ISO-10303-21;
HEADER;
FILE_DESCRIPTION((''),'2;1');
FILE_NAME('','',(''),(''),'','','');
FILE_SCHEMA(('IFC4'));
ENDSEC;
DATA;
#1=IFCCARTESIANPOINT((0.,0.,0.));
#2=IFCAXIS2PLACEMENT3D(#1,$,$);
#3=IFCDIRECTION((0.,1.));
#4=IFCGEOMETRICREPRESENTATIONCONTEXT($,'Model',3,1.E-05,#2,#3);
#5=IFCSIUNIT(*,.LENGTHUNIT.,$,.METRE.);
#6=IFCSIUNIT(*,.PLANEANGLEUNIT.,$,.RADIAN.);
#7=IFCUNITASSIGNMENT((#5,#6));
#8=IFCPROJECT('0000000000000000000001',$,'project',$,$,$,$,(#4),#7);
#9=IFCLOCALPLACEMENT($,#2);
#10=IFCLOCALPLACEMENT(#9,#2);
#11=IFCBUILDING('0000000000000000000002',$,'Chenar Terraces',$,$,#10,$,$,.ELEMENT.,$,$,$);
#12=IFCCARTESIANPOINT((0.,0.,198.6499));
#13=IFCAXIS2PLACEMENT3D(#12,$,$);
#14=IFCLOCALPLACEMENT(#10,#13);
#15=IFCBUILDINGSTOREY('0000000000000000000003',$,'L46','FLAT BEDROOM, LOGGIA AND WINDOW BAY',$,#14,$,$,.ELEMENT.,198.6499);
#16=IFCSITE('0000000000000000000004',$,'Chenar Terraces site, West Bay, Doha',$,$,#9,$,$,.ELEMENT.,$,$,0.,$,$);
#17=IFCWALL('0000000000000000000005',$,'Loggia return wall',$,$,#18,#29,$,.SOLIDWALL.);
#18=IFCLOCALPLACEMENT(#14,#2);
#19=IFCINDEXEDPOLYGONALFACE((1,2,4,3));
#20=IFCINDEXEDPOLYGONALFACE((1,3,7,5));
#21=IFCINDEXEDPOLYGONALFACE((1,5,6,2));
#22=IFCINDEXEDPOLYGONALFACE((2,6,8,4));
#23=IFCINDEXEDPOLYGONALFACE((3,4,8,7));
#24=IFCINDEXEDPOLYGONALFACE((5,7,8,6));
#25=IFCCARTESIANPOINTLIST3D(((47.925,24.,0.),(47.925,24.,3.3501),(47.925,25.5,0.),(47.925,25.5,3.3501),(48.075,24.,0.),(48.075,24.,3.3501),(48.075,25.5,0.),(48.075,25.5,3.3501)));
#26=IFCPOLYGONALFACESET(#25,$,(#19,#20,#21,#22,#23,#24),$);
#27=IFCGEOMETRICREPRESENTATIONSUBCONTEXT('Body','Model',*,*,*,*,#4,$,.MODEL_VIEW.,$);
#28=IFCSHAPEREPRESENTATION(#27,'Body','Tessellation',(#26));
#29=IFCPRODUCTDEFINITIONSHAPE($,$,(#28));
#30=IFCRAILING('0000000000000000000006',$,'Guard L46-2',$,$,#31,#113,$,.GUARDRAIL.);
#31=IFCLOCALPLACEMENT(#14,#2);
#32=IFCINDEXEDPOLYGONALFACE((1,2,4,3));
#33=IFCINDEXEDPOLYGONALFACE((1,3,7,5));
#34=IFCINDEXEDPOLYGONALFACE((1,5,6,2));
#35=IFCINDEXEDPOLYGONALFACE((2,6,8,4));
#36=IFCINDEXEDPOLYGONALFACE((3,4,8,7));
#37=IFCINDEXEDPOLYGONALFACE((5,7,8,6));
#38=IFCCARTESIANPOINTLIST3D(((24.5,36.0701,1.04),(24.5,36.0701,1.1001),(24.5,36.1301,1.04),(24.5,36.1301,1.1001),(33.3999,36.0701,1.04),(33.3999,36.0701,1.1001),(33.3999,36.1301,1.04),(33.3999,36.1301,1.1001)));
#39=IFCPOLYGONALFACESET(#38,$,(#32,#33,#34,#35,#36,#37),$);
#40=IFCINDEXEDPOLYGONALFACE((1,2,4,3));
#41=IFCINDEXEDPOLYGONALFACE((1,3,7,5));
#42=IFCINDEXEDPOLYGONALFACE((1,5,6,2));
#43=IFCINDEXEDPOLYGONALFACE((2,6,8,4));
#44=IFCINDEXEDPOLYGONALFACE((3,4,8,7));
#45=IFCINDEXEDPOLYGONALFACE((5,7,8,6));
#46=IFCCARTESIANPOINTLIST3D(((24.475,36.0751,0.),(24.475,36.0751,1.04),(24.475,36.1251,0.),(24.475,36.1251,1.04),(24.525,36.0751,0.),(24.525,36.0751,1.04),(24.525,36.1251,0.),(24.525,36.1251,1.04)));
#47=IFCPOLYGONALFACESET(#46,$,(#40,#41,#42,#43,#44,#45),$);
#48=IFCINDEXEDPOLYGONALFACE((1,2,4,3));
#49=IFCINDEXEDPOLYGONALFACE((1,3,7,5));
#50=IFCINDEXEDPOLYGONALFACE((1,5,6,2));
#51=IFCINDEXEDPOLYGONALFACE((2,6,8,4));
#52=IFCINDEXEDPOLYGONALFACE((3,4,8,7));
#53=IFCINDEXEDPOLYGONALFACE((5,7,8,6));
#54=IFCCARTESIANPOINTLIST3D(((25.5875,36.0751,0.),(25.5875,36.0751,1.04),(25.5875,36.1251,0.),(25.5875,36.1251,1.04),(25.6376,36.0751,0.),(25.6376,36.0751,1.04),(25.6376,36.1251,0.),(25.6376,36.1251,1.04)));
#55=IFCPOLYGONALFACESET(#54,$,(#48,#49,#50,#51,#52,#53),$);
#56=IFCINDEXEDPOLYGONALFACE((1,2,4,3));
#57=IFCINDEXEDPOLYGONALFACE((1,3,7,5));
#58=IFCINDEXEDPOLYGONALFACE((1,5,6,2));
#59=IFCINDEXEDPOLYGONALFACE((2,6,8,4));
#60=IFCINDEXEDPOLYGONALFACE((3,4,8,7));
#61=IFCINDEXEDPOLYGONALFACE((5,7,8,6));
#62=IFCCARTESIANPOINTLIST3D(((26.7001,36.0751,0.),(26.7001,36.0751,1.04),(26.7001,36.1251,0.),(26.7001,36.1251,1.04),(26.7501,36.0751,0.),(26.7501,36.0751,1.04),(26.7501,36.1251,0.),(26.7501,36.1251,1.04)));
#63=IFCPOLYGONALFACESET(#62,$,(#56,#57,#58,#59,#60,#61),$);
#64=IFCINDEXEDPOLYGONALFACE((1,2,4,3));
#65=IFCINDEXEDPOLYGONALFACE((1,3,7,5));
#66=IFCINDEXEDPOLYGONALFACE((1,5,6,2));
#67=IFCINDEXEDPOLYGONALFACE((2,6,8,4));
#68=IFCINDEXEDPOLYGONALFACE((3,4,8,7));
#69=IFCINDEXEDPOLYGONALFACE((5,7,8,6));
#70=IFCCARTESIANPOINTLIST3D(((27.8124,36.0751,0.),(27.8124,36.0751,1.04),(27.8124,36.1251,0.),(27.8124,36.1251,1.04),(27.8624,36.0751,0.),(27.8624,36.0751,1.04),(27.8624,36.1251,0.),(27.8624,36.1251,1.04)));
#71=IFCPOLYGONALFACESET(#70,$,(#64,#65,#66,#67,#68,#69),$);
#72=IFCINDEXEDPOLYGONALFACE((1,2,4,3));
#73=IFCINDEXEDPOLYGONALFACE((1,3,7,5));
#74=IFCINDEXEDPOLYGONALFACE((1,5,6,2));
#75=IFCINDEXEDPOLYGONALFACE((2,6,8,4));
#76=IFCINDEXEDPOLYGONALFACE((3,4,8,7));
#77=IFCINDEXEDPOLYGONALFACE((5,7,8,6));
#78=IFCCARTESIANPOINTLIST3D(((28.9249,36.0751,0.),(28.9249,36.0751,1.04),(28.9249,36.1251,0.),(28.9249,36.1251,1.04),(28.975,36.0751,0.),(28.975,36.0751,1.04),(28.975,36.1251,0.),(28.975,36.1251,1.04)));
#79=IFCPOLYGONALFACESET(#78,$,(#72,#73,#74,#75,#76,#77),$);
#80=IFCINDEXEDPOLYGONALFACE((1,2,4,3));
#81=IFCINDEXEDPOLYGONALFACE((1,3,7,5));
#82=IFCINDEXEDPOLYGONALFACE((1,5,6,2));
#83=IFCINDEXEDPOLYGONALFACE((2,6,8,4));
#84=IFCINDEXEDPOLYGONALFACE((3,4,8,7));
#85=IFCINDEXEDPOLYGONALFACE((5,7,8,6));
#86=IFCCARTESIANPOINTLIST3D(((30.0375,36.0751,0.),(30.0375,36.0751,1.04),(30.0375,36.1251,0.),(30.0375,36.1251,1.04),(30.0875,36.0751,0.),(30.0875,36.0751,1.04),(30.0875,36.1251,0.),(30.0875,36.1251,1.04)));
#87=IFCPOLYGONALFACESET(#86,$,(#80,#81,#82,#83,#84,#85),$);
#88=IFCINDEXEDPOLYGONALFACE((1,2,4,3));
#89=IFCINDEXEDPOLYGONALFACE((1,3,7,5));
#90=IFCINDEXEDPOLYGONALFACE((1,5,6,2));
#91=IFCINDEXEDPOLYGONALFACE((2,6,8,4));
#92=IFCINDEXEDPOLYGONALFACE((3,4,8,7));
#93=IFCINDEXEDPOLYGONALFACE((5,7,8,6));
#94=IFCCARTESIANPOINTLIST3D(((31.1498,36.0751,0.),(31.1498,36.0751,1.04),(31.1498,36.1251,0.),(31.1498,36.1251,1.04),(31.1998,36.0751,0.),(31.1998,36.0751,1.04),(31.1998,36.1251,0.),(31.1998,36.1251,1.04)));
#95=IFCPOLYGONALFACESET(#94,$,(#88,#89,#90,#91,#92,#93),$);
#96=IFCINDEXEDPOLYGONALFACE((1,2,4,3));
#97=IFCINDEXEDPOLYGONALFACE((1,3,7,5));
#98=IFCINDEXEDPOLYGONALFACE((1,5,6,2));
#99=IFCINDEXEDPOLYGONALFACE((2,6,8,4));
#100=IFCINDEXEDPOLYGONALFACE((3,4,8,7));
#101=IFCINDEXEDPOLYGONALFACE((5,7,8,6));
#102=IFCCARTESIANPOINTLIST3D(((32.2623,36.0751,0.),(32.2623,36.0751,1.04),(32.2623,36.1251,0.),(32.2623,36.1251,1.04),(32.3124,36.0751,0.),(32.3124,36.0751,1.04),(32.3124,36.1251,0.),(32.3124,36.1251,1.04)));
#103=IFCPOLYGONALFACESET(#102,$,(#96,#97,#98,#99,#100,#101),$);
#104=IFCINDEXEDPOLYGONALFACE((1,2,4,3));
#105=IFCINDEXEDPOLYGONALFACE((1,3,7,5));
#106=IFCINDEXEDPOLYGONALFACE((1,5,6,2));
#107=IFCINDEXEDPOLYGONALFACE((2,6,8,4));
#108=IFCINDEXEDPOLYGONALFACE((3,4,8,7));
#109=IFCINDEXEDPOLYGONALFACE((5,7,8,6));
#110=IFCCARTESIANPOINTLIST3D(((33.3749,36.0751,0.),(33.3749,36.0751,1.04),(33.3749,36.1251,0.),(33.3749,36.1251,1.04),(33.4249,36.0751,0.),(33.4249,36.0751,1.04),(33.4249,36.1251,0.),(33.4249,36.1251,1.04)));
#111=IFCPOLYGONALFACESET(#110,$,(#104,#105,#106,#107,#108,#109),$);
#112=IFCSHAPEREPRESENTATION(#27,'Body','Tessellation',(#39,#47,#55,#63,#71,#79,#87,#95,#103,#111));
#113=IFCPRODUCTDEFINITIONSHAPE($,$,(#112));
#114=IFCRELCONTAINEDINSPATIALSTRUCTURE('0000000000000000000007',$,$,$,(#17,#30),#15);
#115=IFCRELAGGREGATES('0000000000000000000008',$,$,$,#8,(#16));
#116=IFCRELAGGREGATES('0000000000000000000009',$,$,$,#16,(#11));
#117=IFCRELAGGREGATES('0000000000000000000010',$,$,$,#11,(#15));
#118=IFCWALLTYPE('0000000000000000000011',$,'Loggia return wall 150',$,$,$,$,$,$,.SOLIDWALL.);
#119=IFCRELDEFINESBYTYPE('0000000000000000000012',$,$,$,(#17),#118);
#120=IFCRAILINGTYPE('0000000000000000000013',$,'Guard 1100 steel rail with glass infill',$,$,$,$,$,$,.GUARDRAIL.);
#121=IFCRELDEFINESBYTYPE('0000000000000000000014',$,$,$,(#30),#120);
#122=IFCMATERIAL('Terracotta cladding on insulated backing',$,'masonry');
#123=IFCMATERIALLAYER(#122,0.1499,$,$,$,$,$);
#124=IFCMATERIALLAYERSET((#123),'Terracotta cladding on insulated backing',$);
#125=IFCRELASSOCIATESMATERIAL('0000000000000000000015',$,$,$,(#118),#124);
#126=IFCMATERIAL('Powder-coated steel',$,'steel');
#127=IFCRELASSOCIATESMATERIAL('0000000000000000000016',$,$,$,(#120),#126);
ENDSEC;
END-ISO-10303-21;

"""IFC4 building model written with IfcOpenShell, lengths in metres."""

from ifc_helpers import new_model, si_unit, direction, frame, frame_2d, origin, origin_2d, place, context, subcontext, project, spatial, rectangle, extrude, material, layer, layer_set, type_object, element, save


model = new_model("IFC4")

# Units and contexts
model_context = context("Model", 3, precision=1e-05, world=origin(), true_north=direction((0.0, 1.0)))
body_context = subcontext(model_context, "Body", "Model", "MODEL_VIEW")
ifc_project = project(units=[si_unit("LENGTHUNIT", "METRE"), si_unit("PLANEANGLEUNIT", "RADIAN")], contexts=[model_context])

# Site, building, storey
site_placement = place(None, origin())
site = spatial("IfcSite", under=ifc_project, at=site_placement, Name="Chenar Terraces site, West Bay, Doha", CompositionType="ELEMENT", RefElevation=0.0)
building_placement = place(site_placement, origin())
building = spatial("IfcBuilding", under=site, at=building_placement, Name="Chenar Terraces", CompositionType="ELEMENT")
storey_placement = place(building_placement, frame((0.0, 0.0, 198.6499)))
storey = spatial("IfcBuildingStorey", under=building, at=storey_placement, Name="L46", Description="FLAT BEDROOM, LOGGIA AND WINDOW BAY", CompositionType="ELEMENT", Elevation=198.6499)

# Wall
ifc_material_1 = material(Name="Terracotta cladding on insulated backing", Category="masonry")
ifc_layer_1 = layer(ifc_material_1, 0.1499)
ifc_layer_set_1 = layer_set([ifc_layer_1], Name="Terracotta cladding on insulated backing")
wall_type = type_object("IfcWallType", Name="Loggia return wall 150", PredefinedType="SOLIDWALL", material=ifc_layer_set_1)
wall_placement = place(storey_placement, frame((48.0, 25.5, 0.0), z_axis=(0.0, 0.0, 1.0), x_axis=(0.0, -1.0, 0.0)))
element("IfcWall", 1, at=wall_placement, inside=storey, type_object=wall_type, Name="Loggia return wall", PredefinedType="SOLIDWALL", context=body_context, shape_type="SweptSolid", body=[
    extrude(rectangle(XDim=1.5, YDim=0.1499, at=frame_2d((0.75, 0.0))), origin(), (0.0, 0.0, 1.0), 3.3501),
])

# Railing
ifc_material_2 = material(Name="Powder-coated steel", Category="steel")
railing_type = type_object("IfcRailingType", Name="Guard 1100 steel rail with glass infill", PredefinedType="GUARDRAIL", material=ifc_material_2)
railing_placement = place(storey_placement, frame((24.5, 36.1001, 0.0)))
element("IfcRailing", 2, at=railing_placement, inside=storey, type_object=railing_type, Name="Guard L46-2", PredefinedType="GUARDRAIL", context=body_context, shape_type="SweptSolid", body=[
    extrude(rectangle(XDim=0.0601, YDim=0.0601, at=origin_2d()), frame((0.0, 0.0, 1.0701), z_axis=(1.0, 0.0, 0.0), x_axis=(0.0, 1.0, 0.0)), (0.0, 0.0, 1.0), 8.8999),
    extrude(rectangle(XDim=0.05, YDim=0.05, at=origin_2d()), origin(), (0.0, 0.0, 1.0), 1.04),
    extrude(rectangle(XDim=0.05, YDim=0.05, at=origin_2d()), frame((1.1125, 0.0, 0.0)), (0.0, 0.0, 1.0), 1.04),
    extrude(rectangle(XDim=0.05, YDim=0.05, at=origin_2d()), frame((2.2251, 0.0, 0.0)), (0.0, 0.0, 1.0), 1.04),
    extrude(rectangle(XDim=0.05, YDim=0.05, at=origin_2d()), frame((3.3374, 0.0, 0.0)), (0.0, 0.0, 1.0), 1.04),
    extrude(rectangle(XDim=0.05, YDim=0.05, at=origin_2d()), frame((4.45, 0.0, 0.0)), (0.0, 0.0, 1.0), 1.04),
    extrude(rectangle(XDim=0.05, YDim=0.05, at=origin_2d()), frame((5.5625, 0.0, 0.0)), (0.0, 0.0, 1.0), 1.04),
    extrude(rectangle(XDim=0.05, YDim=0.05, at=origin_2d()), frame((6.6748, 0.0, 0.0)), (0.0, 0.0, 1.0), 1.04),
    extrude(rectangle(XDim=0.05, YDim=0.05, at=origin_2d()), frame((7.7874, 0.0, 0.0)), (0.0, 0.0, 1.0), 1.04),
    extrude(rectangle(XDim=0.05, YDim=0.05, at=origin_2d()), frame((8.8999, 0.0, 0.0)), (0.0, 0.0, 1.0), 1.04),
])

save(model, "model.ifc")
